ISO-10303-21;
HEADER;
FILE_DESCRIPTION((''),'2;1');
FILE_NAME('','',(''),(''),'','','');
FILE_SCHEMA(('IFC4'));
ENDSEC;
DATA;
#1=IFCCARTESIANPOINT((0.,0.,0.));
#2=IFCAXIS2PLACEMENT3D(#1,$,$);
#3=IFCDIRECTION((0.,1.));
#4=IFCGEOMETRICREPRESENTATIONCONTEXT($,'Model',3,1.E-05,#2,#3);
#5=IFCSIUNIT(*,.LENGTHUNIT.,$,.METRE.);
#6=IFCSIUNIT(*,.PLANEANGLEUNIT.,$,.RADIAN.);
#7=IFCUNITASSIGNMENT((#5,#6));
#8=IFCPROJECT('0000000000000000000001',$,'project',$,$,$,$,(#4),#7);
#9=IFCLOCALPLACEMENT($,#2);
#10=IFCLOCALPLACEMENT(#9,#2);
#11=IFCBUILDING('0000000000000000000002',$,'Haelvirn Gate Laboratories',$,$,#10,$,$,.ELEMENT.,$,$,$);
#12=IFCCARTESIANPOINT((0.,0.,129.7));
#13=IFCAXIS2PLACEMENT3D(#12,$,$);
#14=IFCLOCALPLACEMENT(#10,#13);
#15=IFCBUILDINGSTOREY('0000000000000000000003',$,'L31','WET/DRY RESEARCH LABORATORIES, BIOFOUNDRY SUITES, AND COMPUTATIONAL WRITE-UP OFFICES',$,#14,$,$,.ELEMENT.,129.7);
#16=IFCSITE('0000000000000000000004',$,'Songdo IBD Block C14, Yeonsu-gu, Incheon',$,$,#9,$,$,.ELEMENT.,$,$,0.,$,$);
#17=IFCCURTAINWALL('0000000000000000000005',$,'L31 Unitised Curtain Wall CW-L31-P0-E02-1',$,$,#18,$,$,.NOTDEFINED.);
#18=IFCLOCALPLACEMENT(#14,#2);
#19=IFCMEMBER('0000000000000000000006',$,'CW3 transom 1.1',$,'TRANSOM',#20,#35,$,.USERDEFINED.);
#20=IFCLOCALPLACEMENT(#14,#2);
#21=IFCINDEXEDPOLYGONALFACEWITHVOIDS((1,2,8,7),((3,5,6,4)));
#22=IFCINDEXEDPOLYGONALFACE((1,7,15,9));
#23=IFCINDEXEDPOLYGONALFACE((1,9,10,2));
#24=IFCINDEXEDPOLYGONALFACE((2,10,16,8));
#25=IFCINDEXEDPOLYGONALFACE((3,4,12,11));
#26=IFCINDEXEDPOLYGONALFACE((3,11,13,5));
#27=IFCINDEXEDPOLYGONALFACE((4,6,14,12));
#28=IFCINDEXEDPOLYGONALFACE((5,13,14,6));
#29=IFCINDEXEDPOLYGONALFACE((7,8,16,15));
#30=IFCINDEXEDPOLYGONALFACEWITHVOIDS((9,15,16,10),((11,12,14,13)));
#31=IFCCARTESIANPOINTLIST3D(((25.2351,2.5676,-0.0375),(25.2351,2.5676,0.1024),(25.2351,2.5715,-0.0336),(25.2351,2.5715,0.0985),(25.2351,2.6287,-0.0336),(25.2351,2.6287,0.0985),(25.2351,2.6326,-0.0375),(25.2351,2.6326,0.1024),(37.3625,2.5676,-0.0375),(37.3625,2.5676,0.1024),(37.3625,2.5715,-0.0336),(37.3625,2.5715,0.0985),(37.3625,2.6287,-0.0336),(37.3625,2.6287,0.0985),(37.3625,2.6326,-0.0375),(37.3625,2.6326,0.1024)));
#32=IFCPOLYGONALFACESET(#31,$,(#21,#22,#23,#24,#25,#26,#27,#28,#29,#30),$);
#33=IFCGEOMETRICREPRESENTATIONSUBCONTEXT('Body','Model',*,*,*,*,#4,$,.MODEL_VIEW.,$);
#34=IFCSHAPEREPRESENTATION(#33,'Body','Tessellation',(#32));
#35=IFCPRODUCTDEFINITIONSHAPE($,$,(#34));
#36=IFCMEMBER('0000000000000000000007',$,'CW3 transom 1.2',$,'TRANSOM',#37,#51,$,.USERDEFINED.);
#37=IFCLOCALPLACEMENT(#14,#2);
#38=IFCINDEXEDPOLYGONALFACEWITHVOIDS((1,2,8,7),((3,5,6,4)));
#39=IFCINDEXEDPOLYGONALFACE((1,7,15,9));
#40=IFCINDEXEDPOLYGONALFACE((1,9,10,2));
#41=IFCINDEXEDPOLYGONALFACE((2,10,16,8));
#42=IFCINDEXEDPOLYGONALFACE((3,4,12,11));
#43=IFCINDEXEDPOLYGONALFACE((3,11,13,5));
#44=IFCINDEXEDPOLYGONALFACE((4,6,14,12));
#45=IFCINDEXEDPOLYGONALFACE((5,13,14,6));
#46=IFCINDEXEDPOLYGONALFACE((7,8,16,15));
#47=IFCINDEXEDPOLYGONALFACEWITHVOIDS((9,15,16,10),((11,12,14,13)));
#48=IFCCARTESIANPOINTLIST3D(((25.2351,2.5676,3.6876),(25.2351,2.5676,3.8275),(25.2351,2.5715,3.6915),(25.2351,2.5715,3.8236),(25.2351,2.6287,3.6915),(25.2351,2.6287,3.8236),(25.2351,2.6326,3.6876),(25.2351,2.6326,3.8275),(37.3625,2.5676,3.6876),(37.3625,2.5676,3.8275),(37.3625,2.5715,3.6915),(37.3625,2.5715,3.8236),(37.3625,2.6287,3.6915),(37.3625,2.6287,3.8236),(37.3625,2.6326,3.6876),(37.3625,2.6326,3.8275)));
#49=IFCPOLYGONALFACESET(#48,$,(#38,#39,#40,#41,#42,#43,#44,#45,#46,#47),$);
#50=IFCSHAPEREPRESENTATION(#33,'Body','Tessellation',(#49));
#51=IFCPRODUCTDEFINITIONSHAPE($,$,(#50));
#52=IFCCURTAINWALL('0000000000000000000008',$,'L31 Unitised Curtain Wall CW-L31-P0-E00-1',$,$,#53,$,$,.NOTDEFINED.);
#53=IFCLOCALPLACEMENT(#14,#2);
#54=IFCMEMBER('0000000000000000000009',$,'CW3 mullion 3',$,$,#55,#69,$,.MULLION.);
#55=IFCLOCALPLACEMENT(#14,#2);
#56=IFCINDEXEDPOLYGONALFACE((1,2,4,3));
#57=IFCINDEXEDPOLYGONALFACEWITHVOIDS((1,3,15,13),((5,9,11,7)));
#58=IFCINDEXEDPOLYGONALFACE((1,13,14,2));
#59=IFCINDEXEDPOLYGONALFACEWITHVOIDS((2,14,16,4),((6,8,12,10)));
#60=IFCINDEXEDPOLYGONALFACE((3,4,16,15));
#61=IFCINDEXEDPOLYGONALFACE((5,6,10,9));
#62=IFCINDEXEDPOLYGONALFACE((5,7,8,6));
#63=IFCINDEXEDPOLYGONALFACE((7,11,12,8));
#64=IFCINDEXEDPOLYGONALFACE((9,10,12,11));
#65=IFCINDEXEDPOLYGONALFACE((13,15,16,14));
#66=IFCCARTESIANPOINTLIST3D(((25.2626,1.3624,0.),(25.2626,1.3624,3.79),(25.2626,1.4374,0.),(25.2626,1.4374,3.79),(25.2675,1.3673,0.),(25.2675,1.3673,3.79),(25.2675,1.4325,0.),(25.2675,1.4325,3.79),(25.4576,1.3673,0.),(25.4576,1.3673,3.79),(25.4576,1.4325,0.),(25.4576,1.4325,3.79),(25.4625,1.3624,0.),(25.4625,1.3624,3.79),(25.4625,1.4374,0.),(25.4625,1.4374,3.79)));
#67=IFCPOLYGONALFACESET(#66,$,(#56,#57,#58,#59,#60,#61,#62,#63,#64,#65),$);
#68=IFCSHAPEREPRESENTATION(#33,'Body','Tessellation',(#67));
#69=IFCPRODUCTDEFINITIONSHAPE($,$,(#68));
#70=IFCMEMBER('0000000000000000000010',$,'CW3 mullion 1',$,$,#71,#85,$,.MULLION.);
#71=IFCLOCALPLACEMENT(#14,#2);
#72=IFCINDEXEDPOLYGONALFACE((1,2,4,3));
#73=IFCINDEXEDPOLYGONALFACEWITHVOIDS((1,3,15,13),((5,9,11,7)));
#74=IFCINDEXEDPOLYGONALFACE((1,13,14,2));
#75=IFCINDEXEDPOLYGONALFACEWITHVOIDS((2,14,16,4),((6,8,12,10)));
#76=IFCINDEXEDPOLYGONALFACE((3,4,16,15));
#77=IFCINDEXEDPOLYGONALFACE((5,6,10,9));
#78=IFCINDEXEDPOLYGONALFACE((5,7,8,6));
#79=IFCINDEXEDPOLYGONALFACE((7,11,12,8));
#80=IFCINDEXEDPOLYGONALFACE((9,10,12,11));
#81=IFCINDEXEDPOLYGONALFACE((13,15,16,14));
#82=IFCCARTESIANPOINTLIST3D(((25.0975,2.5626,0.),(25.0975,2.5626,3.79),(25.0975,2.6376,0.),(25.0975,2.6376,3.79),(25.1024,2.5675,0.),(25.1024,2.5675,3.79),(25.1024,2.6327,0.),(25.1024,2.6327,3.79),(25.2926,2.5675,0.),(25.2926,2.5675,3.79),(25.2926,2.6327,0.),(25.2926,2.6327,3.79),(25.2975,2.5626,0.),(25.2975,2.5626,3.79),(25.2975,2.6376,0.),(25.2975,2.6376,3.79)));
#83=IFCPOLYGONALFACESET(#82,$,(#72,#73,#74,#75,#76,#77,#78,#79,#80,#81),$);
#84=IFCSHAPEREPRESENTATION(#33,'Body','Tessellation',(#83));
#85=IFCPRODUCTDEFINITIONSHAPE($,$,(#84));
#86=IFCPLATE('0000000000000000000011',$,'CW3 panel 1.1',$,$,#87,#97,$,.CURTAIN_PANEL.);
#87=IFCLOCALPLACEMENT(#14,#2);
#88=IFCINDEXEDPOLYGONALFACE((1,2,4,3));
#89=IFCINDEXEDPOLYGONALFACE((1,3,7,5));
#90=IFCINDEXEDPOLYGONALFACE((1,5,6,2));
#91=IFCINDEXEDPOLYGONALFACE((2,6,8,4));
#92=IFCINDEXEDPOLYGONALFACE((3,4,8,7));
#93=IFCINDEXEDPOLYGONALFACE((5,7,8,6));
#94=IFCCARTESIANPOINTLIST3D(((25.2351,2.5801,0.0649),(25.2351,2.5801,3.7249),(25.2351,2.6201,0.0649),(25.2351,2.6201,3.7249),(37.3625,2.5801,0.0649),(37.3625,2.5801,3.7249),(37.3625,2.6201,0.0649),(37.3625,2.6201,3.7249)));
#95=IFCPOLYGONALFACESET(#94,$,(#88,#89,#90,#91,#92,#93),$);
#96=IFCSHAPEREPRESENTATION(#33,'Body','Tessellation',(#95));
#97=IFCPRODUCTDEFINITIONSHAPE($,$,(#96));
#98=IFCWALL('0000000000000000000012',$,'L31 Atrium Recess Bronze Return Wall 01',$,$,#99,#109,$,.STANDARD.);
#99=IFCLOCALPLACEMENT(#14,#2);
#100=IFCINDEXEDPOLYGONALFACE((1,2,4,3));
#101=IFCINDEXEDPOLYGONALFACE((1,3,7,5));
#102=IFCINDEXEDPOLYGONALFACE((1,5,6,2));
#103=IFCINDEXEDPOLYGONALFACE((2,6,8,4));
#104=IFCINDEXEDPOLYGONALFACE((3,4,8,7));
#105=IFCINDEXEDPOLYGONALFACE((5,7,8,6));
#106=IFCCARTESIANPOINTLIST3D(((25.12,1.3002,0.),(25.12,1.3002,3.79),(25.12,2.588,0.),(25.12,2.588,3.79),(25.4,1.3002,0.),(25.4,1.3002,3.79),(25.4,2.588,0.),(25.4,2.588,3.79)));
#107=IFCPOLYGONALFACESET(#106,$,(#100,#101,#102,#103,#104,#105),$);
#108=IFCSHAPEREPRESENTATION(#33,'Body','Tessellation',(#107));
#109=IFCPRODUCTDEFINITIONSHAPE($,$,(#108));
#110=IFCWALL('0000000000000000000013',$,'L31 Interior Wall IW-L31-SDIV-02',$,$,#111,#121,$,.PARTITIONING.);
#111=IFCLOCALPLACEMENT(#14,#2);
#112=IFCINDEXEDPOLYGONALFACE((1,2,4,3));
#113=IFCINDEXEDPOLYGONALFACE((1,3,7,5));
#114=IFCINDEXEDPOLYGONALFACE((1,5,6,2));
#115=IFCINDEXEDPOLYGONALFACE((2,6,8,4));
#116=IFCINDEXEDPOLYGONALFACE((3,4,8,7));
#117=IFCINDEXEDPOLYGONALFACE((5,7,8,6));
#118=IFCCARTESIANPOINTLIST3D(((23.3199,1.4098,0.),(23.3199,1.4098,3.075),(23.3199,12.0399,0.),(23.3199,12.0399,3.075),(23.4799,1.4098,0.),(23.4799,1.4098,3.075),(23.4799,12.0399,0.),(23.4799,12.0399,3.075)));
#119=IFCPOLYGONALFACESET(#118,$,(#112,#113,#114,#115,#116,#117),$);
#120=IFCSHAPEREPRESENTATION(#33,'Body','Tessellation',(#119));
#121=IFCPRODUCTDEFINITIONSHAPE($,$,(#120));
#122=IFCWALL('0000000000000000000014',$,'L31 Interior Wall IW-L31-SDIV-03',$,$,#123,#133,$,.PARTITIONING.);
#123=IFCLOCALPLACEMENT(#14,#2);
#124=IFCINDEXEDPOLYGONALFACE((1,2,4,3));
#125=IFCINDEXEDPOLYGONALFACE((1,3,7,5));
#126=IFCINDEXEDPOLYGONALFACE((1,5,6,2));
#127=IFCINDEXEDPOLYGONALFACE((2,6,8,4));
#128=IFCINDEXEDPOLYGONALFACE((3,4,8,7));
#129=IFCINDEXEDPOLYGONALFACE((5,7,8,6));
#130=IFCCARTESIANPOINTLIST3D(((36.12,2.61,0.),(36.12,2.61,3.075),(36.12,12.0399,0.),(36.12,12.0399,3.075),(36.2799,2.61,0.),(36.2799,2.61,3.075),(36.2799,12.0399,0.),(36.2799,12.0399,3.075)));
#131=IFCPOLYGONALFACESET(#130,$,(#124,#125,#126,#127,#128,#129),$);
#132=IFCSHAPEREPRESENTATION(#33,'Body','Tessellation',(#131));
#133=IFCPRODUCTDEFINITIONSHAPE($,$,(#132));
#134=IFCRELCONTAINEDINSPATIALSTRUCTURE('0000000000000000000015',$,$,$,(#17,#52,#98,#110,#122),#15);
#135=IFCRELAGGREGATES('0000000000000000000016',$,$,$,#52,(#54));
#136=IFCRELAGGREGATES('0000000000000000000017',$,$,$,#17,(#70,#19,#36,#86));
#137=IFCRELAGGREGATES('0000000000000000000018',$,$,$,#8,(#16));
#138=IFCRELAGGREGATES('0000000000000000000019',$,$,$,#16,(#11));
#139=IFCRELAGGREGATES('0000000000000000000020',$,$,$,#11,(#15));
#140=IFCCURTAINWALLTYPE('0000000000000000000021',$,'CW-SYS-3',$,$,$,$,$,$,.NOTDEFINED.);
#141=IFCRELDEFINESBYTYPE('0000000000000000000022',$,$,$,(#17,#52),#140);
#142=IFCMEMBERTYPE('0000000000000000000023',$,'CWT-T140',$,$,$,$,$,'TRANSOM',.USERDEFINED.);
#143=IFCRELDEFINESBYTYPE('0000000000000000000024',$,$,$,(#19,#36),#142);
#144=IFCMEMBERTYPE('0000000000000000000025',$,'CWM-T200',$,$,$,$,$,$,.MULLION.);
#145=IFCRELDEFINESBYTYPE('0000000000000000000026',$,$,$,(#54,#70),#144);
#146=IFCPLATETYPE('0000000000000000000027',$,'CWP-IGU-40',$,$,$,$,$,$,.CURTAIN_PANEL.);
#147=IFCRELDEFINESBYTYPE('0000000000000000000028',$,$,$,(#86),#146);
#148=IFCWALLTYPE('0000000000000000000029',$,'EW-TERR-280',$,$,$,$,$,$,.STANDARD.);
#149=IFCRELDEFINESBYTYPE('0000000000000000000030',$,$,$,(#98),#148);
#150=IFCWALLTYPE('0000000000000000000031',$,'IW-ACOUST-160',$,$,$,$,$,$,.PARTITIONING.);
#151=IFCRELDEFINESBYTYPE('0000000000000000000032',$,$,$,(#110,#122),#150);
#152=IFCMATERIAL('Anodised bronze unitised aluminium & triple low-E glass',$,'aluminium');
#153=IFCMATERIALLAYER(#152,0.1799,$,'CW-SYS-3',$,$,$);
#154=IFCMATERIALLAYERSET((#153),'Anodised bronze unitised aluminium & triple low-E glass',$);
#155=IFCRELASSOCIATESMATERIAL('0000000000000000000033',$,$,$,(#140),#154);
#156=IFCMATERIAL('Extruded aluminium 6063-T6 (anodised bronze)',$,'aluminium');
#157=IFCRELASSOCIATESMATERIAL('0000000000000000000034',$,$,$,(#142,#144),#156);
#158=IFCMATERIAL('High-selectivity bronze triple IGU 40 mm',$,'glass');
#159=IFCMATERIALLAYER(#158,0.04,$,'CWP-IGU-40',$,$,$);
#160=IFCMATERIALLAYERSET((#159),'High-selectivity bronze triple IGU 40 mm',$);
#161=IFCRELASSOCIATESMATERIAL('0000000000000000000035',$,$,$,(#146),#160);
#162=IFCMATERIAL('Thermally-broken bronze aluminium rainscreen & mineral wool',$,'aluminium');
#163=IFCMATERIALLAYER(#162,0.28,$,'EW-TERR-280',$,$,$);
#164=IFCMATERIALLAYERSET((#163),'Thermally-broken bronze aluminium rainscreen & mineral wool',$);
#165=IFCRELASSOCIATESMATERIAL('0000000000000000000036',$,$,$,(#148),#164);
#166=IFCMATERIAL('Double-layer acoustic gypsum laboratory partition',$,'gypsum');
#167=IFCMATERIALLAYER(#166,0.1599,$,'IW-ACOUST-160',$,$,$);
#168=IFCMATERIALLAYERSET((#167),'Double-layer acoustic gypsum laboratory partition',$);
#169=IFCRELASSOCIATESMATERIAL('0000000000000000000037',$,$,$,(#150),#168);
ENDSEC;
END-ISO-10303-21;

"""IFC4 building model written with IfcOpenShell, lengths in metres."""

from ifc_helpers import new_model, si_unit, direction, frame, frame_2d, origin, origin_2d, place, context, subcontext, project, spatial, rectangle, hollow_rectangle, extrude, source, transform, mapped, material, layer, layer_set, material_profile, profile_set, type_object, type_shapes, element, aggregate, save


model = new_model("IFC4")

# Units and contexts
model_context = context("Model", 3, precision=1e-05, world=origin(), true_north=direction((0.0, 1.0)))
body_context = subcontext(model_context, "Body", "Model", "MODEL_VIEW")
ifc_project = project(units=[si_unit("LENGTHUNIT", "METRE"), si_unit("PLANEANGLEUNIT", "RADIAN")], contexts=[model_context])

# Site, building, storey
site_placement = place(None, origin())
site = spatial("IfcSite", under=ifc_project, at=site_placement, Name="Songdo IBD Block C14, Yeonsu-gu, Incheon", CompositionType="ELEMENT", RefElevation=0.0)
building_placement = place(site_placement, origin())
building = spatial("IfcBuilding", under=site, at=building_placement, Name="Haelvirn Gate Laboratories", CompositionType="ELEMENT")
storey_placement = place(building_placement, frame((0.0, 0.0, 129.7)))
storey = spatial("IfcBuildingStorey", under=building, at=storey_placement, Name="L31", Description="WET/DRY RESEARCH LABORATORIES, BIOFOUNDRY SUITES, AND COMPUTATIONAL WRITE-UP OFFICES", CompositionType="ELEMENT", Elevation=129.7)

# Curtain wall, members
ifc_material_1 = material(Name="Anodised bronze unitised aluminium & triple low-E glass", Category="aluminium")
ifc_layer_1 = layer(ifc_material_1, 0.1799, Name="CW-SYS-3")
ifc_layer_set_1 = layer_set([ifc_layer_1], Name="Anodised bronze unitised aluminium & triple low-E glass")
curtain_wall_type = type_object("IfcCurtainWallType", Name="CW-SYS-3", PredefinedType="NOTDEFINED", material=ifc_layer_set_1)
curtain_wall_1_placement = place(storey_placement, origin())
curtain_wall_1 = element("IfcCurtainWall", 1, at=curtain_wall_1_placement, inside=storey, type_object=curtain_wall_type, Name="L31 Unitised Curtain Wall CW-L31-P0-E02-1", PredefinedType="NOTDEFINED")
ifc_material_2 = material(Name="Extruded aluminium 6063-T6 (anodised bronze)", Category="aluminium")
ifc_material_profile_1 = material_profile(ifc_material_2, hollow_rectangle(XDim=0.0649, YDim=0.1399, WallThickness=0.0039, at=origin_2d()), Name="CWT-140x65x4")
ifc_profile_set_1 = profile_set([ifc_material_profile_1], Name="Extruded aluminium 6063-T6 (anodised bronze)")
member_type_1 = type_object("IfcMemberType", Name="CWT-T140", ElementType="TRANSOM", PredefinedType="USERDEFINED", material=ifc_profile_set_1)
shared_shape_1 = source(origin(), body_context, "Body", "SweptSolid", [
    extrude(hollow_rectangle(XDim=0.0649, YDim=0.1399, WallThickness=0.0039, at=origin_2d()), origin(), (0.0, 0.0, 1.0), 12.1274),
])
type_shapes(member_type_1, [shared_shape_1])
member_1_placement = place(storey_placement, frame((25.2351, 2.6001, 0.0325), z_axis=(1.0, 0.0, 0.0), x_axis=(0.0, 1.0, 0.0)))
member_1 = element("IfcMember", 2, at=member_1_placement, type_object=member_type_1, Name="CW3 transom 1.1", ObjectType="TRANSOM", PredefinedType="USERDEFINED", context=body_context, shape_type="MappedRepresentation", body=[
    mapped(shared_shape_1, transform((0.0, 0.0, 0.0), scale=1.0)),
])
member_2_placement = place(storey_placement, frame((25.2351, 2.6001, 3.7576), z_axis=(1.0, 0.0, 0.0), x_axis=(0.0, 1.0, 0.0)))
member_2 = element("IfcMember", 3, at=member_2_placement, type_object=member_type_1, Name="CW3 transom 1.2", ObjectType="TRANSOM", PredefinedType="USERDEFINED", context=body_context, shape_type="MappedRepresentation", body=[
    mapped(shared_shape_1, transform((0.0, 0.0, 0.0), scale=1.0)),
])

# Curtain wall, member
curtain_wall_2_placement = place(storey_placement, origin())
curtain_wall_2 = element("IfcCurtainWall", 4, at=curtain_wall_2_placement, inside=storey, type_object=curtain_wall_type, Name="L31 Unitised Curtain Wall CW-L31-P0-E00-1", PredefinedType="NOTDEFINED")
ifc_material_profile_2 = material_profile(ifc_material_2, hollow_rectangle(XDim=0.075, YDim=0.2, WallThickness=0.0049, at=origin_2d()), Name="CWM-200x75x5")
ifc_profile_set_2 = profile_set([ifc_material_profile_2], Name="Extruded aluminium 6063-T6 (anodised bronze)")
member_type_2 = type_object("IfcMemberType", Name="CWM-T200", PredefinedType="MULLION", material=ifc_profile_set_2)
shared_shape_2 = source(origin(), body_context, "Body", "SweptSolid", [
    extrude(hollow_rectangle(XDim=0.075, YDim=0.2, WallThickness=0.0049, at=origin_2d()), origin(), (0.0, 0.0, 1.0), 3.79),
])
type_shapes(member_type_2, [shared_shape_2])
member_3_placement = place(storey_placement, frame((25.3625, 1.3999, 0.0), z_axis=(0.0, 0.0, 1.0), x_axis=(0.0, 1.0, 0.0)))
member_3 = element("IfcMember", 5, at=member_3_placement, type_object=member_type_2, Name="CW3 mullion 3", PredefinedType="MULLION", context=body_context, shape_type="MappedRepresentation", body=[
    mapped(shared_shape_2, transform((0.0, 0.0, 0.0), scale=1.0)),
])
aggregate(curtain_wall_2, [member_3])

# Member
member_4_placement = place(storey_placement, frame((25.1975, 2.6001, 0.0), z_axis=(0.0, 0.0, 1.0), x_axis=(0.0, 1.0, 0.0)))
member_4 = element("IfcMember", 6, at=member_4_placement, type_object=member_type_2, Name="CW3 mullion 1", PredefinedType="MULLION", context=body_context, shape_type="MappedRepresentation", body=[
    mapped(shared_shape_2, transform((0.0, 0.0, 0.0), scale=1.0)),
])

# Plate
ifc_material_3 = material(Name="High-selectivity bronze triple IGU 40 mm", Category="glass")
ifc_layer_2 = layer(ifc_material_3, 0.04, Name="CWP-IGU-40")
ifc_layer_set_2 = layer_set([ifc_layer_2], Name="High-selectivity bronze triple IGU 40 mm")
plate_type = type_object("IfcPlateType", Name="CWP-IGU-40", PredefinedType="CURTAIN_PANEL", material=ifc_layer_set_2)
shared_shape_3 = source(origin(), body_context, "Body", "SweptSolid", [
    extrude(rectangle(XDim=12.1274, YDim=0.04, at=origin_2d()), origin(), (0.0, 0.0, 1.0), 3.6599),
])
type_shapes(plate_type, [shared_shape_3])
plate_placement = place(storey_placement, frame((31.2988, 2.6001, 0.0649), z_axis=(0.0, 0.0, 1.0), x_axis=(1.0, 0.0, 0.0)))
plate = element("IfcPlate", 7, at=plate_placement, type_object=plate_type, Name="CW3 panel 1.1", PredefinedType="CURTAIN_PANEL", context=body_context, shape_type="MappedRepresentation", body=[
    mapped(shared_shape_3, transform((0.0, 0.0, 0.0), scale=1.0)),
])
aggregate(curtain_wall_1, [member_4, member_1, member_2, plate])

# Walls
ifc_material_4 = material(Name="Thermally-broken bronze aluminium rainscreen & mineral wool", Category="aluminium")
ifc_layer_3 = layer(ifc_material_4, 0.28, Name="EW-TERR-280")
ifc_layer_set_3 = layer_set([ifc_layer_3], Name="Thermally-broken bronze aluminium rainscreen & mineral wool")
wall_type_1 = type_object("IfcWallType", Name="EW-TERR-280", PredefinedType="STANDARD", material=ifc_layer_set_3)
wall_1_placement = place(storey_placement, frame((25.26, 1.3, 0.0), z_axis=(0.0, 0.0, 1.0), x_axis=(0.0, 1.0, 0.0)))
element("IfcWall", 8, at=wall_1_placement, inside=storey, type_object=wall_type_1, Name="L31 Atrium Recess Bronze Return Wall 01", PredefinedType="STANDARD", context=body_context, shape_type="SweptSolid", body=[
    extrude(rectangle(XDim=1.2878, YDim=0.28, at=frame_2d((0.644, 0.0))), origin(), (0.0, 0.0, 1.0), 3.79),
])
ifc_material_5 = material(Name="Double-layer acoustic gypsum laboratory partition", Category="gypsum")
ifc_layer_4 = layer(ifc_material_5, 0.1599, Name="IW-ACOUST-160")
ifc_layer_set_4 = layer_set([ifc_layer_4], Name="Double-layer acoustic gypsum laboratory partition")
wall_type_2 = type_object("IfcWallType", Name="IW-ACOUST-160", PredefinedType="PARTITIONING", material=ifc_layer_set_4)
wall_2_placement = place(storey_placement, frame((23.3999, 1.4099, 0.0), z_axis=(0.0, 0.0, 1.0), x_axis=(0.0, 1.0, 0.0)))
element("IfcWall", 9, at=wall_2_placement, inside=storey, type_object=wall_type_2, Name="L31 Interior Wall IW-L31-SDIV-02", PredefinedType="PARTITIONING", context=body_context, shape_type="SweptSolid", body=[
    extrude(rectangle(XDim=10.6301, YDim=0.1599, at=frame_2d((5.3149, 0.0))), origin(), (0.0, 0.0, 1.0), 3.075),
])
wall_3_placement = place(storey_placement, frame((36.2, 2.6101, 0.0), z_axis=(0.0, 0.0, 1.0), x_axis=(0.0, 1.0, 0.0)))
element("IfcWall", 10, at=wall_3_placement, inside=storey, type_object=wall_type_2, Name="L31 Interior Wall IW-L31-SDIV-03", PredefinedType="PARTITIONING", context=body_context, shape_type="SweptSolid", body=[
    extrude(rectangle(XDim=9.4299, YDim=0.1599, at=frame_2d((4.7148, 0.0))), origin(), (0.0, 0.0, 1.0), 3.075),
])

save(model, "model.ifc")
